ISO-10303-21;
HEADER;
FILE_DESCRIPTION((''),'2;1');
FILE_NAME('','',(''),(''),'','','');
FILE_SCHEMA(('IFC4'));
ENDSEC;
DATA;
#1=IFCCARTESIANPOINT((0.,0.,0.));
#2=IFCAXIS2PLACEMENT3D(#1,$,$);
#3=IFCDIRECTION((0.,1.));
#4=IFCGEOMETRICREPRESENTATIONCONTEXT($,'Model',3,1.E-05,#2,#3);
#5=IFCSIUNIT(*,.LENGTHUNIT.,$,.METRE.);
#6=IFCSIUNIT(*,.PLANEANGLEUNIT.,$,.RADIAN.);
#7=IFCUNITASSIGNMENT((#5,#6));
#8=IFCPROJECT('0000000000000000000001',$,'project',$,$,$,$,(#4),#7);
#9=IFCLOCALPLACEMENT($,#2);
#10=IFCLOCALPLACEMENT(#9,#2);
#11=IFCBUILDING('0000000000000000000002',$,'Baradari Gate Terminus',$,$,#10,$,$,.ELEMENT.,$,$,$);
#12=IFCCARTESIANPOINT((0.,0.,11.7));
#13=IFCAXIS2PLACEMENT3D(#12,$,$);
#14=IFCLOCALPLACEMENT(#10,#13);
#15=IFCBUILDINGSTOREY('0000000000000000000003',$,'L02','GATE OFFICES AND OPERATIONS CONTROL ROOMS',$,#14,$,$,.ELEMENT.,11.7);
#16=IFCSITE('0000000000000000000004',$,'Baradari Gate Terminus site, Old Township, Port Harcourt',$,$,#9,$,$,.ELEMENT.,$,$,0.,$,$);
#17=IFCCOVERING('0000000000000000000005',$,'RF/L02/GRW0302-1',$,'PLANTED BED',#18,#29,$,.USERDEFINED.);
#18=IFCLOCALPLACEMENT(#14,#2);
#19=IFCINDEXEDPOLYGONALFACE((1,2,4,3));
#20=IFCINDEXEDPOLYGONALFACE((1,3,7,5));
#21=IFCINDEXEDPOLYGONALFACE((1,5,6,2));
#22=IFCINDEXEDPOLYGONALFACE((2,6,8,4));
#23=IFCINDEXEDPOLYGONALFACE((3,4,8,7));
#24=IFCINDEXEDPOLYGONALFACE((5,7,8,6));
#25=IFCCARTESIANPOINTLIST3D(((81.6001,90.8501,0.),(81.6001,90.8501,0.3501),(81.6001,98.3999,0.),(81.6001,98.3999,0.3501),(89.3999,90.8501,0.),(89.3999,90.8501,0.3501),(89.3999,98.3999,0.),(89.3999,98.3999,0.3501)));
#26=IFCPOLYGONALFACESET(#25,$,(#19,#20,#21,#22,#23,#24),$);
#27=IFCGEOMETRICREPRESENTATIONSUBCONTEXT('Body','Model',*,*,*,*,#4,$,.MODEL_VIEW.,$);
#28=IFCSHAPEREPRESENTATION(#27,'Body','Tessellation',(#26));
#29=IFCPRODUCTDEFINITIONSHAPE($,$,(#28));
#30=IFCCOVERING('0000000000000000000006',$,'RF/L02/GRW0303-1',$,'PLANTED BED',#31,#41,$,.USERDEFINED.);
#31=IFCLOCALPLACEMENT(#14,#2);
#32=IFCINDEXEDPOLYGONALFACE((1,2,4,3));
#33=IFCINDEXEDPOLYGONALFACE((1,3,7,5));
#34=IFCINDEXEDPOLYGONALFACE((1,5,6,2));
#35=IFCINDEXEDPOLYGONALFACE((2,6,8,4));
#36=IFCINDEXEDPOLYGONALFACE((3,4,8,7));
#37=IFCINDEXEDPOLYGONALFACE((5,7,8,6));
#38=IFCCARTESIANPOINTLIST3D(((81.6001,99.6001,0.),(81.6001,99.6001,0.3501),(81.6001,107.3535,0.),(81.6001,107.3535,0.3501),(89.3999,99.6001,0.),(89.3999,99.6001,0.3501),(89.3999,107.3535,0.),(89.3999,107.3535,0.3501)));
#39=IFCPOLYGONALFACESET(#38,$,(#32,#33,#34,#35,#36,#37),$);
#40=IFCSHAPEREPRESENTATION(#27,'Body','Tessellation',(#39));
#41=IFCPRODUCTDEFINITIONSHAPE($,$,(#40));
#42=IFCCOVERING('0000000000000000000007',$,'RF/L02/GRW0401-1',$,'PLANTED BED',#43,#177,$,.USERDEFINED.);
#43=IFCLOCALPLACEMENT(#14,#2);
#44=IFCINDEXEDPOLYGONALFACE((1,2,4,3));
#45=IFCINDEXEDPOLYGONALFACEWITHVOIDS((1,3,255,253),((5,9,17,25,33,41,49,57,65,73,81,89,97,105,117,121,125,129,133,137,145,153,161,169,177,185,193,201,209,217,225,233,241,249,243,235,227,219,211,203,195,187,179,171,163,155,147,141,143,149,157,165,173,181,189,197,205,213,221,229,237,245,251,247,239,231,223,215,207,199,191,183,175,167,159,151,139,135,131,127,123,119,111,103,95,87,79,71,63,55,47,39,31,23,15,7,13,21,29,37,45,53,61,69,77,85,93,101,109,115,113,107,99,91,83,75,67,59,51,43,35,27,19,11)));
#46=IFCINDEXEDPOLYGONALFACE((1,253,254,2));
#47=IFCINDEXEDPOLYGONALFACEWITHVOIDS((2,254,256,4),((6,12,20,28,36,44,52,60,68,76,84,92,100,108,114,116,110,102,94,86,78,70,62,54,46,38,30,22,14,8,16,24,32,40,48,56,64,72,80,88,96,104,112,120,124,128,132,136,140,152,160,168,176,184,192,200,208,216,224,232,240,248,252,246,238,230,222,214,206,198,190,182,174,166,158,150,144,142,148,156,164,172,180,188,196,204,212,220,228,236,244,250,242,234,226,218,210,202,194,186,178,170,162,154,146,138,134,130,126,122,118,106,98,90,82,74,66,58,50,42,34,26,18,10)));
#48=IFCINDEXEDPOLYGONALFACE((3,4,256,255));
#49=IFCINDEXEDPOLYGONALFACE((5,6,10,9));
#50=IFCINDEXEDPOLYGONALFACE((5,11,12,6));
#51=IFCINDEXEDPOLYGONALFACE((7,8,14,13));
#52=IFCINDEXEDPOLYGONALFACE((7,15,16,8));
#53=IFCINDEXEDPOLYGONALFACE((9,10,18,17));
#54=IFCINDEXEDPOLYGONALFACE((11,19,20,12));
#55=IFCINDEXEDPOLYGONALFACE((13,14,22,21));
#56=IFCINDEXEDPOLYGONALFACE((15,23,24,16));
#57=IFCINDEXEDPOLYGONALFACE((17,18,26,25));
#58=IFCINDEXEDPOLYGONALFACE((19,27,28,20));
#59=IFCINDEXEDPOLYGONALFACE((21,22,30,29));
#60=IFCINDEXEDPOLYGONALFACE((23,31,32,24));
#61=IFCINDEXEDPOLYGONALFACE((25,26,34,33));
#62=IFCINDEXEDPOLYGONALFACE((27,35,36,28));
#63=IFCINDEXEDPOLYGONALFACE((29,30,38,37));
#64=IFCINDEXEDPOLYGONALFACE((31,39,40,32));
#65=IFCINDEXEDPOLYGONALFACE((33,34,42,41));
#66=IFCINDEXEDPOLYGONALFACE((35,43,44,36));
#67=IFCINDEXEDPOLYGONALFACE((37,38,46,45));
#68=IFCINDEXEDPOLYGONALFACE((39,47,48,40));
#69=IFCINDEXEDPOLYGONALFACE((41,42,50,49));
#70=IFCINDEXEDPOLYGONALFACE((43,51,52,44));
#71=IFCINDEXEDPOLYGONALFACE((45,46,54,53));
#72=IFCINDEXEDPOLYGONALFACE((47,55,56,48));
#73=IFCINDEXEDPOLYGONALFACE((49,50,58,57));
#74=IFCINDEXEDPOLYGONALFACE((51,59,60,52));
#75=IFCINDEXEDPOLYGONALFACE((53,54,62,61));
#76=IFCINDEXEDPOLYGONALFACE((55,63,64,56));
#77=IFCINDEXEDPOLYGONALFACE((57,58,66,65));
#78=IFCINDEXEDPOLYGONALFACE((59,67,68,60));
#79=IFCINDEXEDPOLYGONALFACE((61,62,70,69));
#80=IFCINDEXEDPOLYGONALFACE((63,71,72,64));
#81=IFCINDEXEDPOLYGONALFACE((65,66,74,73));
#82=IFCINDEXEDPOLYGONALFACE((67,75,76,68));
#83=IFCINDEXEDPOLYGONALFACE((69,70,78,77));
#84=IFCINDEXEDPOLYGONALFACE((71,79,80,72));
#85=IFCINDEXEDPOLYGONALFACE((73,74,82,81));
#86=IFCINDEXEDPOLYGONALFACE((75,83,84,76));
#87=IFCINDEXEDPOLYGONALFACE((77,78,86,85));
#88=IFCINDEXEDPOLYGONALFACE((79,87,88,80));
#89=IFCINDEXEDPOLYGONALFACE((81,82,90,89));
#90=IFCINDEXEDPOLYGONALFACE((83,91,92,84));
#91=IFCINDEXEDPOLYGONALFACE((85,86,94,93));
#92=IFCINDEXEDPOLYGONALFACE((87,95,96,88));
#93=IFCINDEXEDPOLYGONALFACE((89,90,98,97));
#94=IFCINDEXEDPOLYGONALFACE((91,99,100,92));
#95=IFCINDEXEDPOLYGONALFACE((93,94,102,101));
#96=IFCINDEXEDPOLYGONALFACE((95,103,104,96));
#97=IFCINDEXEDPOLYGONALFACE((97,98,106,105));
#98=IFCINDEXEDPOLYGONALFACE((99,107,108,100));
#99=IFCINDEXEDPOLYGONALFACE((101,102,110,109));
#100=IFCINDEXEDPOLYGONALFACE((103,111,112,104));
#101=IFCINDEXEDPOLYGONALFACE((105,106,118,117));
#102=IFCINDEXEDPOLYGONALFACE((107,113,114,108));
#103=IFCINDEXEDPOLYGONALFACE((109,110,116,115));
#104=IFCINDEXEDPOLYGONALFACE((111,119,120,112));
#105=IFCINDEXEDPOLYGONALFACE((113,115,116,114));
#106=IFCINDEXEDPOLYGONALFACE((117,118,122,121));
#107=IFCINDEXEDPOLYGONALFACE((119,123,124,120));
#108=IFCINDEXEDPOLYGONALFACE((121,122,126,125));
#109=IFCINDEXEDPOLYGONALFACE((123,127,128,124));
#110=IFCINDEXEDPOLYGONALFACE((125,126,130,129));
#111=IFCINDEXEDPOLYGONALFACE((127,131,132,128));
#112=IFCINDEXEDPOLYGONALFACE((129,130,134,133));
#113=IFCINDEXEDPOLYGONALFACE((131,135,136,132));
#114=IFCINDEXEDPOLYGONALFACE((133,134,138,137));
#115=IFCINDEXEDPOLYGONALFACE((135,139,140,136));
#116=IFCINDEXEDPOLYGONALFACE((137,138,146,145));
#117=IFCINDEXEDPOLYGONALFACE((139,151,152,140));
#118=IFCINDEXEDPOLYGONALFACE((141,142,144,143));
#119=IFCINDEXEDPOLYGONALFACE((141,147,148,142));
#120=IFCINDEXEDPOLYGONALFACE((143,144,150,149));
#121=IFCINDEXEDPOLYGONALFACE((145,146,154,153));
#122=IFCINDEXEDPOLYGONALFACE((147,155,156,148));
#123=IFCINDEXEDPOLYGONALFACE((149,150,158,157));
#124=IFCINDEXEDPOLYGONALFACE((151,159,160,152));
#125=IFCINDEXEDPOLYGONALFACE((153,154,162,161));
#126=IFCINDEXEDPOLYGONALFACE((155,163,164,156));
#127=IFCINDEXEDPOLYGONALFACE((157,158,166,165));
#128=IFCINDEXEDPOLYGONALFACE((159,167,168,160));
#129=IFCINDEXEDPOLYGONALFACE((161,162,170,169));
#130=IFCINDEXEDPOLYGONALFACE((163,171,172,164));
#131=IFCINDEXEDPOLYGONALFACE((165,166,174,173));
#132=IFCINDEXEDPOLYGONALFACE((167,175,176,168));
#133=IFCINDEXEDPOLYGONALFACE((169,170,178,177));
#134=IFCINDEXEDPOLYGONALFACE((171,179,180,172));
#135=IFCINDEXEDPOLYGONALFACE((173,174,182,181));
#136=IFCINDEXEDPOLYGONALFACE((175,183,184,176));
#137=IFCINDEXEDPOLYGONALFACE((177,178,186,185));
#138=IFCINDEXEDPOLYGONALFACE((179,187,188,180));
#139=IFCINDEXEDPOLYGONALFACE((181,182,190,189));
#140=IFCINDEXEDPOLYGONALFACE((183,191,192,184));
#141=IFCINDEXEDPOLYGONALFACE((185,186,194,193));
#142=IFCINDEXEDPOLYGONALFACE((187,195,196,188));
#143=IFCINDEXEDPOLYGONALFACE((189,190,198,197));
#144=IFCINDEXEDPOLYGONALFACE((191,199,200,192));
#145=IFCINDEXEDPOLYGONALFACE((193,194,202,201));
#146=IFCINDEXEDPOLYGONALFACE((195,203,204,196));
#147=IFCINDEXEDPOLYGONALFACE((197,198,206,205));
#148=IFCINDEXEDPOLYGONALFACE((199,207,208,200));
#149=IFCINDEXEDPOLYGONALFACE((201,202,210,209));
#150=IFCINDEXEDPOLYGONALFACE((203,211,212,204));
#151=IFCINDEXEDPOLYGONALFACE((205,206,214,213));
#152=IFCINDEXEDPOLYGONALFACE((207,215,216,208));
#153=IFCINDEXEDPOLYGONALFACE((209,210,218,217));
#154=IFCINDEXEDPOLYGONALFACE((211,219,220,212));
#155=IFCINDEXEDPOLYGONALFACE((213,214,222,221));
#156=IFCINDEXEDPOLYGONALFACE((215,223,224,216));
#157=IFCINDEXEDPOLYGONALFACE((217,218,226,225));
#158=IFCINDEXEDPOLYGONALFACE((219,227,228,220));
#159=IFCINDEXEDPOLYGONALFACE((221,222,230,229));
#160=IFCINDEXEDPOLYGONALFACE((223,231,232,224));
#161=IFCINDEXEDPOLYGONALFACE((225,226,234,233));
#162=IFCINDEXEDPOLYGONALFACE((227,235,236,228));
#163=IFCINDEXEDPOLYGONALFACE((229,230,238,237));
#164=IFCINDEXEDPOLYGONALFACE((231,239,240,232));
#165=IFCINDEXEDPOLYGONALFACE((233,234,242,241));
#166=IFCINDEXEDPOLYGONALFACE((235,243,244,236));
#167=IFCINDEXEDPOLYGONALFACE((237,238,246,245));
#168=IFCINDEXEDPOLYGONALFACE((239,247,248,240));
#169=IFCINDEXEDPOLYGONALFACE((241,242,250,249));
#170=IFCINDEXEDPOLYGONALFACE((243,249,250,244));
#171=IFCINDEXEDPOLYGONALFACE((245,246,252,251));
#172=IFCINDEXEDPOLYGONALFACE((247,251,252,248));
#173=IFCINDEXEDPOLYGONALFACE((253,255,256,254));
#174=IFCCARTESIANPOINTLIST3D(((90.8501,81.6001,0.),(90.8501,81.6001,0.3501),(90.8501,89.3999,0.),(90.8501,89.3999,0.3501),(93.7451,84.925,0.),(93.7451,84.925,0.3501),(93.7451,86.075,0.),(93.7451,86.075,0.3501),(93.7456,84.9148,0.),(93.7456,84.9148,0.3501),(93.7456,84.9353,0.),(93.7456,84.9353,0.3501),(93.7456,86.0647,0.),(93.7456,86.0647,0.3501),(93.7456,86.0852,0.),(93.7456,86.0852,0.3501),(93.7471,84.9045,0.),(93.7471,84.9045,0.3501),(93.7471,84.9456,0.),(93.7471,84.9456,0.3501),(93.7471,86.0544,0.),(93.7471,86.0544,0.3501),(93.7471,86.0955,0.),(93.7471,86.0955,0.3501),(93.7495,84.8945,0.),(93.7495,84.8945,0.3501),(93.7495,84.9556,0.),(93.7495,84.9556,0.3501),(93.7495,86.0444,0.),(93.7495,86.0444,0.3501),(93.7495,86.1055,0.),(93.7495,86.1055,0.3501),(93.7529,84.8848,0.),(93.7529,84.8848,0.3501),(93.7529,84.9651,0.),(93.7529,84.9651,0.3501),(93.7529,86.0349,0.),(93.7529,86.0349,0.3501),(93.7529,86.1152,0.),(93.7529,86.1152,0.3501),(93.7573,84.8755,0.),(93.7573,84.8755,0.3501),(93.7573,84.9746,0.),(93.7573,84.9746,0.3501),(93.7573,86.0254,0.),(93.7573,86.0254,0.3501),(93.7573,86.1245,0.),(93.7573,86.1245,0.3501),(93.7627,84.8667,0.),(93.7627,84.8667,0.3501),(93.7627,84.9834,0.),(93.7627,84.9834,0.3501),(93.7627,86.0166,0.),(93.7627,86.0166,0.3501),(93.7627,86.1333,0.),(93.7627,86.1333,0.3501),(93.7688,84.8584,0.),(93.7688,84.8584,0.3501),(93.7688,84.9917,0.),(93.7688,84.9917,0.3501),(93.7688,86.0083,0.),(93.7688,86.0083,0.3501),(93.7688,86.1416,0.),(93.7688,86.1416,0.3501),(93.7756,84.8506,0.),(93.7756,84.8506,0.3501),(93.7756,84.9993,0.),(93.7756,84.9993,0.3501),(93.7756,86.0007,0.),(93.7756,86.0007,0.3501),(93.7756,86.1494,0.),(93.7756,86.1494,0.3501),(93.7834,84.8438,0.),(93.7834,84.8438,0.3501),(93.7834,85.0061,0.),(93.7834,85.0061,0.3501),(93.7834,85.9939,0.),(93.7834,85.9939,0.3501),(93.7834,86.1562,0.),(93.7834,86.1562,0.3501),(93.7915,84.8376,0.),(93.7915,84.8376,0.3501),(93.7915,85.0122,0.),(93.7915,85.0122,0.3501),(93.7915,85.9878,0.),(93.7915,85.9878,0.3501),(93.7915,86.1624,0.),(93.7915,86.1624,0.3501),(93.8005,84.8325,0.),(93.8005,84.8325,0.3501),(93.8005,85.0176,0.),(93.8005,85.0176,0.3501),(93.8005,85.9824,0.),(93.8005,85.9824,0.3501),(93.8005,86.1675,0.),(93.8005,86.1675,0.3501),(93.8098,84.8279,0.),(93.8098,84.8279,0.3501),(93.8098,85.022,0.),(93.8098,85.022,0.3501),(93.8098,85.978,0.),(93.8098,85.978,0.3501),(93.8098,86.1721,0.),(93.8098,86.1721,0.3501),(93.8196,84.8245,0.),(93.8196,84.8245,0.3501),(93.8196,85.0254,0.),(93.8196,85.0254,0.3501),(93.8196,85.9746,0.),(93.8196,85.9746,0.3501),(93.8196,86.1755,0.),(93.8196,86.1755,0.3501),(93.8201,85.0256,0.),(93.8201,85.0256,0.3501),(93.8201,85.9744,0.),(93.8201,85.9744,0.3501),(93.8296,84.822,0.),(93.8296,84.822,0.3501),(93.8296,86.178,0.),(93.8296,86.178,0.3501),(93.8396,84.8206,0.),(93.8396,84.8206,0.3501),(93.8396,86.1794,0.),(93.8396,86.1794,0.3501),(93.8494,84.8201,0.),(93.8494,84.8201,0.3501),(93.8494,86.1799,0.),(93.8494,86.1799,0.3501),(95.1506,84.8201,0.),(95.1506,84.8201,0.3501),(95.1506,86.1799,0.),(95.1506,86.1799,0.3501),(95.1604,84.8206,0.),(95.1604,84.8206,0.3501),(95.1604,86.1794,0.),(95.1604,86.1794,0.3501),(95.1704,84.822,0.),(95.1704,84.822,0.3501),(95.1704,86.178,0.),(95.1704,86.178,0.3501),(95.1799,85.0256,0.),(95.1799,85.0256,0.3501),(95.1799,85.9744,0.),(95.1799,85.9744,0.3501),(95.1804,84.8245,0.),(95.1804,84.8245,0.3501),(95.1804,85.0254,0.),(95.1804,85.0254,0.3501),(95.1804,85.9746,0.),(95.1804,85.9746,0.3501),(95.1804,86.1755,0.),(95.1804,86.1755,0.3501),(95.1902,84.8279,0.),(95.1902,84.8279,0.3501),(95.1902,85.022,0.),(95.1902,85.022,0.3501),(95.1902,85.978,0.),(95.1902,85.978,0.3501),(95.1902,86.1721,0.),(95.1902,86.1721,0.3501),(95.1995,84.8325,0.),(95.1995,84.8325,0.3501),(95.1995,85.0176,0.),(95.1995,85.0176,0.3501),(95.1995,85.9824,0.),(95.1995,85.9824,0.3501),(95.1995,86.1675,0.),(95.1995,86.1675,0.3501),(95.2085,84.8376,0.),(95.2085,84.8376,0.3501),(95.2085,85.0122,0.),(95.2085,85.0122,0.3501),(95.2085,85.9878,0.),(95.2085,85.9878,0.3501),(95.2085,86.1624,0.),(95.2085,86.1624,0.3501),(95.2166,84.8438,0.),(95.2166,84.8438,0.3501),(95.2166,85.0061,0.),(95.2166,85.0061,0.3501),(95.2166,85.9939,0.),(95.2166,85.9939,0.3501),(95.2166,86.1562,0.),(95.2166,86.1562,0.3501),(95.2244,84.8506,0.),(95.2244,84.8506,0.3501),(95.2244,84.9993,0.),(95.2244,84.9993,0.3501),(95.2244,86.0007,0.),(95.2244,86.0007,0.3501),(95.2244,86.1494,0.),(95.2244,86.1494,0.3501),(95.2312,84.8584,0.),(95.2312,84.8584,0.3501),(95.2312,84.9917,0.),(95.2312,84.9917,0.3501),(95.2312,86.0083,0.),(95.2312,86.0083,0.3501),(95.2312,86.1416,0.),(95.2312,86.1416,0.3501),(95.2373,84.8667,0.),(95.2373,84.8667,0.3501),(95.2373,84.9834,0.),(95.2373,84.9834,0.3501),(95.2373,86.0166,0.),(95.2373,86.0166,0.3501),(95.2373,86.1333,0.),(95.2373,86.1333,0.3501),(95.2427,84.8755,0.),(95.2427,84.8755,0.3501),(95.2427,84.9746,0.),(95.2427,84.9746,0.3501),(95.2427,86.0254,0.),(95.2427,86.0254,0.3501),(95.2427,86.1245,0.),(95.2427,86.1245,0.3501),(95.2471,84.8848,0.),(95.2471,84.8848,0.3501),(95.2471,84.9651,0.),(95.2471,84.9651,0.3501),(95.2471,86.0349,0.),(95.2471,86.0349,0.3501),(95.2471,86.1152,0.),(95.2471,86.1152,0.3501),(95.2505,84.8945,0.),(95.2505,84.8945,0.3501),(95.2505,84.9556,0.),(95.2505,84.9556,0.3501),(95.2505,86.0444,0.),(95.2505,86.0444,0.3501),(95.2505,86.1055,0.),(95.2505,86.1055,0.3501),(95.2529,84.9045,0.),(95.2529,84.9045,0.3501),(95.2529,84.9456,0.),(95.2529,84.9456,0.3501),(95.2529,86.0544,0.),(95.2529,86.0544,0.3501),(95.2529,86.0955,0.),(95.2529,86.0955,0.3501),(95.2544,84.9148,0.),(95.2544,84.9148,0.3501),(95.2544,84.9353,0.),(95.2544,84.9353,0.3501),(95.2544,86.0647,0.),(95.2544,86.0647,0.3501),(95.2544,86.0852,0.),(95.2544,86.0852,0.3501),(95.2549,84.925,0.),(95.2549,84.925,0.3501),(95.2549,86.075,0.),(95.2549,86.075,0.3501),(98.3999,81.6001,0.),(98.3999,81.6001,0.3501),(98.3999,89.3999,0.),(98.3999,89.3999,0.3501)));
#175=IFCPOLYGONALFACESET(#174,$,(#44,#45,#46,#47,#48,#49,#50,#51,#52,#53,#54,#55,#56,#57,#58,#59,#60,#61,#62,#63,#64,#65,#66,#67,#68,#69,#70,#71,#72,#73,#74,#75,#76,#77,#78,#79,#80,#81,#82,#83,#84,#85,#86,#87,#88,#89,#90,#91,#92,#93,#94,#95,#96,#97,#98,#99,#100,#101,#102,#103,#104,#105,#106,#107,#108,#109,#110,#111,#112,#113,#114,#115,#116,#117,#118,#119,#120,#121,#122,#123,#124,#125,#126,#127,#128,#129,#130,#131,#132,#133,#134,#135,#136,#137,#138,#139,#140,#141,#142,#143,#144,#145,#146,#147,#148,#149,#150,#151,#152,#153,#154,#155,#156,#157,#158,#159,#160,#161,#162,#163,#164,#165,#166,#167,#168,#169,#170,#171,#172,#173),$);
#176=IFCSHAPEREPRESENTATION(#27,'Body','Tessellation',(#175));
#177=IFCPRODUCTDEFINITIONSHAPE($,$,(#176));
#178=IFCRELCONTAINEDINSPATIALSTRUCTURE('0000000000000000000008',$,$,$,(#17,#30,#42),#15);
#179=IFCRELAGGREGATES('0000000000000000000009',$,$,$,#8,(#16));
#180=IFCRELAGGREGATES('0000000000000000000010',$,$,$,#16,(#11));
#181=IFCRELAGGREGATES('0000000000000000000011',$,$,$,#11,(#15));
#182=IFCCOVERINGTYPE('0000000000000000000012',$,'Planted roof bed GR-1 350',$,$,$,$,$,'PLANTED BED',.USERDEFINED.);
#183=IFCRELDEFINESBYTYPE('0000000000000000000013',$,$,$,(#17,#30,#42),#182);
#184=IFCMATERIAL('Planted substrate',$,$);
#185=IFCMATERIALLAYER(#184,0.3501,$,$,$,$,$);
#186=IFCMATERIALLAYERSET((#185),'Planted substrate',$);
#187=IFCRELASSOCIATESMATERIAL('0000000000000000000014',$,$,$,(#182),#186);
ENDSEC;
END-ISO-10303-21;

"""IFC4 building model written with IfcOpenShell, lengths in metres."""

from ifc_helpers import new_model, si_unit, direction, frame, origin, place, context, subcontext, project, spatial, polyline, outline, extrude, material, layer, layer_set, type_object, element, save


model = new_model("IFC4")

# Units and contexts
model_context = context("Model", 3, precision=1e-05, world=origin(), true_north=direction((0.0, 1.0)))
body_context = subcontext(model_context, "Body", "Model", "MODEL_VIEW")
ifc_project = project(units=[si_unit("LENGTHUNIT", "METRE"), si_unit("PLANEANGLEUNIT", "RADIAN")], contexts=[model_context])

# Site, building, storey
site_placement = place(None, origin())
site = spatial("IfcSite", under=ifc_project, at=site_placement, Name="Baradari Gate Terminus site, Old Township, Port Harcourt", CompositionType="ELEMENT", RefElevation=0.0)
building_placement = place(site_placement, origin())
building = spatial("IfcBuilding", under=site, at=building_placement, Name="Baradari Gate Terminus", CompositionType="ELEMENT")
storey_placement = place(building_placement, frame((0.0, 0.0, 11.7)))
storey = spatial("IfcBuildingStorey", under=building, at=storey_placement, Name="L02", Description="GATE OFFICES AND OPERATIONS CONTROL ROOMS", CompositionType="ELEMENT", Elevation=11.7)

# Coverings
ifc_material_1 = material(Name="Planted substrate")
ifc_layer_1 = layer(ifc_material_1, 0.3501)
ifc_layer_set_1 = layer_set([ifc_layer_1], Name="Planted substrate")
covering_type = type_object("IfcCoveringType", Name="Planted roof bed GR-1 350", ElementType="PLANTED BED", PredefinedType="USERDEFINED", material=ifc_layer_set_1)
covering_1_placement = place(storey_placement, origin())
element("IfcCovering", 1, at=covering_1_placement, inside=storey, type_object=covering_type, Name="RF/L02/GRW0302-1", ObjectType="PLANTED BED", PredefinedType="USERDEFINED", context=body_context, shape_type="SweptSolid", body=[
    extrude(outline(polyline([(89.3999, 98.3999), (89.3999, 90.8501), (81.6001, 90.8501), (81.6001, 98.3999), (89.3999, 98.3999)])), origin(), (0.0, 0.0, 1.0), 0.3501),
])
covering_2_placement = place(storey_placement, origin())
element("IfcCovering", 2, at=covering_2_placement, inside=storey, type_object=covering_type, Name="RF/L02/GRW0303-1", ObjectType="PLANTED BED", PredefinedType="USERDEFINED", context=body_context, shape_type="SweptSolid", body=[
    extrude(outline(polyline([(81.6001, 107.3535), (89.3999, 107.3535), (89.3999, 99.6001), (81.6001, 99.6001), (81.6001, 107.3535)])), origin(), (0.0, 0.0, 1.0), 0.3501),
])
covering_3_placement = place(storey_placement, origin())
element("IfcCovering", 3, at=covering_3_placement, inside=storey, type_object=covering_type, Name="RF/L02/GRW0401-1", ObjectType="PLANTED BED", PredefinedType="USERDEFINED", context=body_context, shape_type="SweptSolid", body=[
    extrude(outline(polyline([(98.3999, 81.6001), (90.8501, 81.6001), (90.8501, 89.3999), (98.3999, 89.3999), (98.3999, 81.6001)]), holes=[polyline([(95.2244, 84.9993), (95.2166, 85.0061), (95.2085, 85.0122), (95.1995, 85.0176), (95.1902, 85.022), (95.1804, 85.0254), (95.1799, 85.0256), (95.1799, 85.9744), (95.1804, 85.9746), (95.1902, 85.978), (95.1995, 85.9824), (95.2085, 85.9878), (95.2166, 85.9939), (95.2244, 86.0007), (95.2312, 86.0083), (95.2373, 86.0166), (95.2427, 86.0254), (95.2471, 86.0349), (95.2505, 86.0444), (95.2529, 86.0544), (95.2544, 86.0647), (95.2549, 86.075), (95.2544, 86.0852), (95.2529, 86.0955), (95.2505, 86.1055), (95.2471, 86.1152), (95.2427, 86.1245), (95.2373, 86.1333), (95.2312, 86.1416), (95.2244, 86.1494), (95.2166, 86.1562), (95.2085, 86.1624), (95.1995, 86.1675), (95.1902, 86.1721), (95.1804, 86.1755), (95.1704, 86.178), (95.1604, 86.1794), (95.1506, 86.1799), (93.8494, 86.1799), (93.8396, 86.1794), (93.8296, 86.178), (93.8196, 86.1755), (93.8098, 86.1721), (93.8005, 86.1675), (93.7915, 86.1624), (93.7834, 86.1562), (93.7756, 86.1494), (93.7688, 86.1416), (93.7627, 86.1333), (93.7573, 86.1245), (93.7529, 86.1152), (93.7495, 86.1055), (93.7471, 86.0955), (93.7456, 86.0852), (93.7451, 86.075), (93.7456, 86.0647), (93.7471, 86.0544), (93.7495, 86.0444), (93.7529, 86.0349), (93.7573, 86.0254), (93.7627, 86.0166), (93.7688, 86.0083), (93.7756, 86.0007), (93.7834, 85.9939), (93.7915, 85.9878), (93.8005, 85.9824), (93.8098, 85.978), (93.8196, 85.9746), (93.8201, 85.9744), (93.8201, 85.0256), (93.8196, 85.0254), (93.8098, 85.022), (93.8005, 85.0176), (93.7915, 85.0122), (93.7834, 85.0061), (93.7756, 84.9993), (93.7688, 84.9917), (93.7627, 84.9834), (93.7573, 84.9746), (93.7529, 84.9651), (93.7495, 84.9556), (93.7471, 84.9456), (93.7456, 84.9353), (93.7451, 84.925), (93.7456, 84.9148), (93.7471, 84.9045), (93.7495, 84.8945), (93.7529, 84.8848), (93.7573, 84.8755), (93.7627, 84.8667), (93.7688, 84.8584), (93.7756, 84.8506), (93.7834, 84.8438), (93.7915, 84.8376), (93.8005, 84.8325), (93.8098, 84.8279), (93.8196, 84.8245), (93.8296, 84.822), (93.8396, 84.8206), (93.8494, 84.8201), (95.1506, 84.8201), (95.1604, 84.8206), (95.1704, 84.822), (95.1804, 84.8245), (95.1902, 84.8279), (95.1995, 84.8325), (95.2085, 84.8376), (95.2166, 84.8438), (95.2244, 84.8506), (95.2312, 84.8584), (95.2373, 84.8667), (95.2427, 84.8755), (95.2471, 84.8848), (95.2505, 84.8945), (95.2529, 84.9045), (95.2544, 84.9148), (95.2549, 84.925), (95.2544, 84.9353), (95.2529, 84.9456), (95.2505, 84.9556), (95.2471, 84.9651), (95.2427, 84.9746), (95.2373, 84.9834), (95.2312, 84.9917), (95.2244, 84.9993)])]), origin(), (0.0, 0.0, 1.0), 0.3501),
])

save(model, "model.ifc")
